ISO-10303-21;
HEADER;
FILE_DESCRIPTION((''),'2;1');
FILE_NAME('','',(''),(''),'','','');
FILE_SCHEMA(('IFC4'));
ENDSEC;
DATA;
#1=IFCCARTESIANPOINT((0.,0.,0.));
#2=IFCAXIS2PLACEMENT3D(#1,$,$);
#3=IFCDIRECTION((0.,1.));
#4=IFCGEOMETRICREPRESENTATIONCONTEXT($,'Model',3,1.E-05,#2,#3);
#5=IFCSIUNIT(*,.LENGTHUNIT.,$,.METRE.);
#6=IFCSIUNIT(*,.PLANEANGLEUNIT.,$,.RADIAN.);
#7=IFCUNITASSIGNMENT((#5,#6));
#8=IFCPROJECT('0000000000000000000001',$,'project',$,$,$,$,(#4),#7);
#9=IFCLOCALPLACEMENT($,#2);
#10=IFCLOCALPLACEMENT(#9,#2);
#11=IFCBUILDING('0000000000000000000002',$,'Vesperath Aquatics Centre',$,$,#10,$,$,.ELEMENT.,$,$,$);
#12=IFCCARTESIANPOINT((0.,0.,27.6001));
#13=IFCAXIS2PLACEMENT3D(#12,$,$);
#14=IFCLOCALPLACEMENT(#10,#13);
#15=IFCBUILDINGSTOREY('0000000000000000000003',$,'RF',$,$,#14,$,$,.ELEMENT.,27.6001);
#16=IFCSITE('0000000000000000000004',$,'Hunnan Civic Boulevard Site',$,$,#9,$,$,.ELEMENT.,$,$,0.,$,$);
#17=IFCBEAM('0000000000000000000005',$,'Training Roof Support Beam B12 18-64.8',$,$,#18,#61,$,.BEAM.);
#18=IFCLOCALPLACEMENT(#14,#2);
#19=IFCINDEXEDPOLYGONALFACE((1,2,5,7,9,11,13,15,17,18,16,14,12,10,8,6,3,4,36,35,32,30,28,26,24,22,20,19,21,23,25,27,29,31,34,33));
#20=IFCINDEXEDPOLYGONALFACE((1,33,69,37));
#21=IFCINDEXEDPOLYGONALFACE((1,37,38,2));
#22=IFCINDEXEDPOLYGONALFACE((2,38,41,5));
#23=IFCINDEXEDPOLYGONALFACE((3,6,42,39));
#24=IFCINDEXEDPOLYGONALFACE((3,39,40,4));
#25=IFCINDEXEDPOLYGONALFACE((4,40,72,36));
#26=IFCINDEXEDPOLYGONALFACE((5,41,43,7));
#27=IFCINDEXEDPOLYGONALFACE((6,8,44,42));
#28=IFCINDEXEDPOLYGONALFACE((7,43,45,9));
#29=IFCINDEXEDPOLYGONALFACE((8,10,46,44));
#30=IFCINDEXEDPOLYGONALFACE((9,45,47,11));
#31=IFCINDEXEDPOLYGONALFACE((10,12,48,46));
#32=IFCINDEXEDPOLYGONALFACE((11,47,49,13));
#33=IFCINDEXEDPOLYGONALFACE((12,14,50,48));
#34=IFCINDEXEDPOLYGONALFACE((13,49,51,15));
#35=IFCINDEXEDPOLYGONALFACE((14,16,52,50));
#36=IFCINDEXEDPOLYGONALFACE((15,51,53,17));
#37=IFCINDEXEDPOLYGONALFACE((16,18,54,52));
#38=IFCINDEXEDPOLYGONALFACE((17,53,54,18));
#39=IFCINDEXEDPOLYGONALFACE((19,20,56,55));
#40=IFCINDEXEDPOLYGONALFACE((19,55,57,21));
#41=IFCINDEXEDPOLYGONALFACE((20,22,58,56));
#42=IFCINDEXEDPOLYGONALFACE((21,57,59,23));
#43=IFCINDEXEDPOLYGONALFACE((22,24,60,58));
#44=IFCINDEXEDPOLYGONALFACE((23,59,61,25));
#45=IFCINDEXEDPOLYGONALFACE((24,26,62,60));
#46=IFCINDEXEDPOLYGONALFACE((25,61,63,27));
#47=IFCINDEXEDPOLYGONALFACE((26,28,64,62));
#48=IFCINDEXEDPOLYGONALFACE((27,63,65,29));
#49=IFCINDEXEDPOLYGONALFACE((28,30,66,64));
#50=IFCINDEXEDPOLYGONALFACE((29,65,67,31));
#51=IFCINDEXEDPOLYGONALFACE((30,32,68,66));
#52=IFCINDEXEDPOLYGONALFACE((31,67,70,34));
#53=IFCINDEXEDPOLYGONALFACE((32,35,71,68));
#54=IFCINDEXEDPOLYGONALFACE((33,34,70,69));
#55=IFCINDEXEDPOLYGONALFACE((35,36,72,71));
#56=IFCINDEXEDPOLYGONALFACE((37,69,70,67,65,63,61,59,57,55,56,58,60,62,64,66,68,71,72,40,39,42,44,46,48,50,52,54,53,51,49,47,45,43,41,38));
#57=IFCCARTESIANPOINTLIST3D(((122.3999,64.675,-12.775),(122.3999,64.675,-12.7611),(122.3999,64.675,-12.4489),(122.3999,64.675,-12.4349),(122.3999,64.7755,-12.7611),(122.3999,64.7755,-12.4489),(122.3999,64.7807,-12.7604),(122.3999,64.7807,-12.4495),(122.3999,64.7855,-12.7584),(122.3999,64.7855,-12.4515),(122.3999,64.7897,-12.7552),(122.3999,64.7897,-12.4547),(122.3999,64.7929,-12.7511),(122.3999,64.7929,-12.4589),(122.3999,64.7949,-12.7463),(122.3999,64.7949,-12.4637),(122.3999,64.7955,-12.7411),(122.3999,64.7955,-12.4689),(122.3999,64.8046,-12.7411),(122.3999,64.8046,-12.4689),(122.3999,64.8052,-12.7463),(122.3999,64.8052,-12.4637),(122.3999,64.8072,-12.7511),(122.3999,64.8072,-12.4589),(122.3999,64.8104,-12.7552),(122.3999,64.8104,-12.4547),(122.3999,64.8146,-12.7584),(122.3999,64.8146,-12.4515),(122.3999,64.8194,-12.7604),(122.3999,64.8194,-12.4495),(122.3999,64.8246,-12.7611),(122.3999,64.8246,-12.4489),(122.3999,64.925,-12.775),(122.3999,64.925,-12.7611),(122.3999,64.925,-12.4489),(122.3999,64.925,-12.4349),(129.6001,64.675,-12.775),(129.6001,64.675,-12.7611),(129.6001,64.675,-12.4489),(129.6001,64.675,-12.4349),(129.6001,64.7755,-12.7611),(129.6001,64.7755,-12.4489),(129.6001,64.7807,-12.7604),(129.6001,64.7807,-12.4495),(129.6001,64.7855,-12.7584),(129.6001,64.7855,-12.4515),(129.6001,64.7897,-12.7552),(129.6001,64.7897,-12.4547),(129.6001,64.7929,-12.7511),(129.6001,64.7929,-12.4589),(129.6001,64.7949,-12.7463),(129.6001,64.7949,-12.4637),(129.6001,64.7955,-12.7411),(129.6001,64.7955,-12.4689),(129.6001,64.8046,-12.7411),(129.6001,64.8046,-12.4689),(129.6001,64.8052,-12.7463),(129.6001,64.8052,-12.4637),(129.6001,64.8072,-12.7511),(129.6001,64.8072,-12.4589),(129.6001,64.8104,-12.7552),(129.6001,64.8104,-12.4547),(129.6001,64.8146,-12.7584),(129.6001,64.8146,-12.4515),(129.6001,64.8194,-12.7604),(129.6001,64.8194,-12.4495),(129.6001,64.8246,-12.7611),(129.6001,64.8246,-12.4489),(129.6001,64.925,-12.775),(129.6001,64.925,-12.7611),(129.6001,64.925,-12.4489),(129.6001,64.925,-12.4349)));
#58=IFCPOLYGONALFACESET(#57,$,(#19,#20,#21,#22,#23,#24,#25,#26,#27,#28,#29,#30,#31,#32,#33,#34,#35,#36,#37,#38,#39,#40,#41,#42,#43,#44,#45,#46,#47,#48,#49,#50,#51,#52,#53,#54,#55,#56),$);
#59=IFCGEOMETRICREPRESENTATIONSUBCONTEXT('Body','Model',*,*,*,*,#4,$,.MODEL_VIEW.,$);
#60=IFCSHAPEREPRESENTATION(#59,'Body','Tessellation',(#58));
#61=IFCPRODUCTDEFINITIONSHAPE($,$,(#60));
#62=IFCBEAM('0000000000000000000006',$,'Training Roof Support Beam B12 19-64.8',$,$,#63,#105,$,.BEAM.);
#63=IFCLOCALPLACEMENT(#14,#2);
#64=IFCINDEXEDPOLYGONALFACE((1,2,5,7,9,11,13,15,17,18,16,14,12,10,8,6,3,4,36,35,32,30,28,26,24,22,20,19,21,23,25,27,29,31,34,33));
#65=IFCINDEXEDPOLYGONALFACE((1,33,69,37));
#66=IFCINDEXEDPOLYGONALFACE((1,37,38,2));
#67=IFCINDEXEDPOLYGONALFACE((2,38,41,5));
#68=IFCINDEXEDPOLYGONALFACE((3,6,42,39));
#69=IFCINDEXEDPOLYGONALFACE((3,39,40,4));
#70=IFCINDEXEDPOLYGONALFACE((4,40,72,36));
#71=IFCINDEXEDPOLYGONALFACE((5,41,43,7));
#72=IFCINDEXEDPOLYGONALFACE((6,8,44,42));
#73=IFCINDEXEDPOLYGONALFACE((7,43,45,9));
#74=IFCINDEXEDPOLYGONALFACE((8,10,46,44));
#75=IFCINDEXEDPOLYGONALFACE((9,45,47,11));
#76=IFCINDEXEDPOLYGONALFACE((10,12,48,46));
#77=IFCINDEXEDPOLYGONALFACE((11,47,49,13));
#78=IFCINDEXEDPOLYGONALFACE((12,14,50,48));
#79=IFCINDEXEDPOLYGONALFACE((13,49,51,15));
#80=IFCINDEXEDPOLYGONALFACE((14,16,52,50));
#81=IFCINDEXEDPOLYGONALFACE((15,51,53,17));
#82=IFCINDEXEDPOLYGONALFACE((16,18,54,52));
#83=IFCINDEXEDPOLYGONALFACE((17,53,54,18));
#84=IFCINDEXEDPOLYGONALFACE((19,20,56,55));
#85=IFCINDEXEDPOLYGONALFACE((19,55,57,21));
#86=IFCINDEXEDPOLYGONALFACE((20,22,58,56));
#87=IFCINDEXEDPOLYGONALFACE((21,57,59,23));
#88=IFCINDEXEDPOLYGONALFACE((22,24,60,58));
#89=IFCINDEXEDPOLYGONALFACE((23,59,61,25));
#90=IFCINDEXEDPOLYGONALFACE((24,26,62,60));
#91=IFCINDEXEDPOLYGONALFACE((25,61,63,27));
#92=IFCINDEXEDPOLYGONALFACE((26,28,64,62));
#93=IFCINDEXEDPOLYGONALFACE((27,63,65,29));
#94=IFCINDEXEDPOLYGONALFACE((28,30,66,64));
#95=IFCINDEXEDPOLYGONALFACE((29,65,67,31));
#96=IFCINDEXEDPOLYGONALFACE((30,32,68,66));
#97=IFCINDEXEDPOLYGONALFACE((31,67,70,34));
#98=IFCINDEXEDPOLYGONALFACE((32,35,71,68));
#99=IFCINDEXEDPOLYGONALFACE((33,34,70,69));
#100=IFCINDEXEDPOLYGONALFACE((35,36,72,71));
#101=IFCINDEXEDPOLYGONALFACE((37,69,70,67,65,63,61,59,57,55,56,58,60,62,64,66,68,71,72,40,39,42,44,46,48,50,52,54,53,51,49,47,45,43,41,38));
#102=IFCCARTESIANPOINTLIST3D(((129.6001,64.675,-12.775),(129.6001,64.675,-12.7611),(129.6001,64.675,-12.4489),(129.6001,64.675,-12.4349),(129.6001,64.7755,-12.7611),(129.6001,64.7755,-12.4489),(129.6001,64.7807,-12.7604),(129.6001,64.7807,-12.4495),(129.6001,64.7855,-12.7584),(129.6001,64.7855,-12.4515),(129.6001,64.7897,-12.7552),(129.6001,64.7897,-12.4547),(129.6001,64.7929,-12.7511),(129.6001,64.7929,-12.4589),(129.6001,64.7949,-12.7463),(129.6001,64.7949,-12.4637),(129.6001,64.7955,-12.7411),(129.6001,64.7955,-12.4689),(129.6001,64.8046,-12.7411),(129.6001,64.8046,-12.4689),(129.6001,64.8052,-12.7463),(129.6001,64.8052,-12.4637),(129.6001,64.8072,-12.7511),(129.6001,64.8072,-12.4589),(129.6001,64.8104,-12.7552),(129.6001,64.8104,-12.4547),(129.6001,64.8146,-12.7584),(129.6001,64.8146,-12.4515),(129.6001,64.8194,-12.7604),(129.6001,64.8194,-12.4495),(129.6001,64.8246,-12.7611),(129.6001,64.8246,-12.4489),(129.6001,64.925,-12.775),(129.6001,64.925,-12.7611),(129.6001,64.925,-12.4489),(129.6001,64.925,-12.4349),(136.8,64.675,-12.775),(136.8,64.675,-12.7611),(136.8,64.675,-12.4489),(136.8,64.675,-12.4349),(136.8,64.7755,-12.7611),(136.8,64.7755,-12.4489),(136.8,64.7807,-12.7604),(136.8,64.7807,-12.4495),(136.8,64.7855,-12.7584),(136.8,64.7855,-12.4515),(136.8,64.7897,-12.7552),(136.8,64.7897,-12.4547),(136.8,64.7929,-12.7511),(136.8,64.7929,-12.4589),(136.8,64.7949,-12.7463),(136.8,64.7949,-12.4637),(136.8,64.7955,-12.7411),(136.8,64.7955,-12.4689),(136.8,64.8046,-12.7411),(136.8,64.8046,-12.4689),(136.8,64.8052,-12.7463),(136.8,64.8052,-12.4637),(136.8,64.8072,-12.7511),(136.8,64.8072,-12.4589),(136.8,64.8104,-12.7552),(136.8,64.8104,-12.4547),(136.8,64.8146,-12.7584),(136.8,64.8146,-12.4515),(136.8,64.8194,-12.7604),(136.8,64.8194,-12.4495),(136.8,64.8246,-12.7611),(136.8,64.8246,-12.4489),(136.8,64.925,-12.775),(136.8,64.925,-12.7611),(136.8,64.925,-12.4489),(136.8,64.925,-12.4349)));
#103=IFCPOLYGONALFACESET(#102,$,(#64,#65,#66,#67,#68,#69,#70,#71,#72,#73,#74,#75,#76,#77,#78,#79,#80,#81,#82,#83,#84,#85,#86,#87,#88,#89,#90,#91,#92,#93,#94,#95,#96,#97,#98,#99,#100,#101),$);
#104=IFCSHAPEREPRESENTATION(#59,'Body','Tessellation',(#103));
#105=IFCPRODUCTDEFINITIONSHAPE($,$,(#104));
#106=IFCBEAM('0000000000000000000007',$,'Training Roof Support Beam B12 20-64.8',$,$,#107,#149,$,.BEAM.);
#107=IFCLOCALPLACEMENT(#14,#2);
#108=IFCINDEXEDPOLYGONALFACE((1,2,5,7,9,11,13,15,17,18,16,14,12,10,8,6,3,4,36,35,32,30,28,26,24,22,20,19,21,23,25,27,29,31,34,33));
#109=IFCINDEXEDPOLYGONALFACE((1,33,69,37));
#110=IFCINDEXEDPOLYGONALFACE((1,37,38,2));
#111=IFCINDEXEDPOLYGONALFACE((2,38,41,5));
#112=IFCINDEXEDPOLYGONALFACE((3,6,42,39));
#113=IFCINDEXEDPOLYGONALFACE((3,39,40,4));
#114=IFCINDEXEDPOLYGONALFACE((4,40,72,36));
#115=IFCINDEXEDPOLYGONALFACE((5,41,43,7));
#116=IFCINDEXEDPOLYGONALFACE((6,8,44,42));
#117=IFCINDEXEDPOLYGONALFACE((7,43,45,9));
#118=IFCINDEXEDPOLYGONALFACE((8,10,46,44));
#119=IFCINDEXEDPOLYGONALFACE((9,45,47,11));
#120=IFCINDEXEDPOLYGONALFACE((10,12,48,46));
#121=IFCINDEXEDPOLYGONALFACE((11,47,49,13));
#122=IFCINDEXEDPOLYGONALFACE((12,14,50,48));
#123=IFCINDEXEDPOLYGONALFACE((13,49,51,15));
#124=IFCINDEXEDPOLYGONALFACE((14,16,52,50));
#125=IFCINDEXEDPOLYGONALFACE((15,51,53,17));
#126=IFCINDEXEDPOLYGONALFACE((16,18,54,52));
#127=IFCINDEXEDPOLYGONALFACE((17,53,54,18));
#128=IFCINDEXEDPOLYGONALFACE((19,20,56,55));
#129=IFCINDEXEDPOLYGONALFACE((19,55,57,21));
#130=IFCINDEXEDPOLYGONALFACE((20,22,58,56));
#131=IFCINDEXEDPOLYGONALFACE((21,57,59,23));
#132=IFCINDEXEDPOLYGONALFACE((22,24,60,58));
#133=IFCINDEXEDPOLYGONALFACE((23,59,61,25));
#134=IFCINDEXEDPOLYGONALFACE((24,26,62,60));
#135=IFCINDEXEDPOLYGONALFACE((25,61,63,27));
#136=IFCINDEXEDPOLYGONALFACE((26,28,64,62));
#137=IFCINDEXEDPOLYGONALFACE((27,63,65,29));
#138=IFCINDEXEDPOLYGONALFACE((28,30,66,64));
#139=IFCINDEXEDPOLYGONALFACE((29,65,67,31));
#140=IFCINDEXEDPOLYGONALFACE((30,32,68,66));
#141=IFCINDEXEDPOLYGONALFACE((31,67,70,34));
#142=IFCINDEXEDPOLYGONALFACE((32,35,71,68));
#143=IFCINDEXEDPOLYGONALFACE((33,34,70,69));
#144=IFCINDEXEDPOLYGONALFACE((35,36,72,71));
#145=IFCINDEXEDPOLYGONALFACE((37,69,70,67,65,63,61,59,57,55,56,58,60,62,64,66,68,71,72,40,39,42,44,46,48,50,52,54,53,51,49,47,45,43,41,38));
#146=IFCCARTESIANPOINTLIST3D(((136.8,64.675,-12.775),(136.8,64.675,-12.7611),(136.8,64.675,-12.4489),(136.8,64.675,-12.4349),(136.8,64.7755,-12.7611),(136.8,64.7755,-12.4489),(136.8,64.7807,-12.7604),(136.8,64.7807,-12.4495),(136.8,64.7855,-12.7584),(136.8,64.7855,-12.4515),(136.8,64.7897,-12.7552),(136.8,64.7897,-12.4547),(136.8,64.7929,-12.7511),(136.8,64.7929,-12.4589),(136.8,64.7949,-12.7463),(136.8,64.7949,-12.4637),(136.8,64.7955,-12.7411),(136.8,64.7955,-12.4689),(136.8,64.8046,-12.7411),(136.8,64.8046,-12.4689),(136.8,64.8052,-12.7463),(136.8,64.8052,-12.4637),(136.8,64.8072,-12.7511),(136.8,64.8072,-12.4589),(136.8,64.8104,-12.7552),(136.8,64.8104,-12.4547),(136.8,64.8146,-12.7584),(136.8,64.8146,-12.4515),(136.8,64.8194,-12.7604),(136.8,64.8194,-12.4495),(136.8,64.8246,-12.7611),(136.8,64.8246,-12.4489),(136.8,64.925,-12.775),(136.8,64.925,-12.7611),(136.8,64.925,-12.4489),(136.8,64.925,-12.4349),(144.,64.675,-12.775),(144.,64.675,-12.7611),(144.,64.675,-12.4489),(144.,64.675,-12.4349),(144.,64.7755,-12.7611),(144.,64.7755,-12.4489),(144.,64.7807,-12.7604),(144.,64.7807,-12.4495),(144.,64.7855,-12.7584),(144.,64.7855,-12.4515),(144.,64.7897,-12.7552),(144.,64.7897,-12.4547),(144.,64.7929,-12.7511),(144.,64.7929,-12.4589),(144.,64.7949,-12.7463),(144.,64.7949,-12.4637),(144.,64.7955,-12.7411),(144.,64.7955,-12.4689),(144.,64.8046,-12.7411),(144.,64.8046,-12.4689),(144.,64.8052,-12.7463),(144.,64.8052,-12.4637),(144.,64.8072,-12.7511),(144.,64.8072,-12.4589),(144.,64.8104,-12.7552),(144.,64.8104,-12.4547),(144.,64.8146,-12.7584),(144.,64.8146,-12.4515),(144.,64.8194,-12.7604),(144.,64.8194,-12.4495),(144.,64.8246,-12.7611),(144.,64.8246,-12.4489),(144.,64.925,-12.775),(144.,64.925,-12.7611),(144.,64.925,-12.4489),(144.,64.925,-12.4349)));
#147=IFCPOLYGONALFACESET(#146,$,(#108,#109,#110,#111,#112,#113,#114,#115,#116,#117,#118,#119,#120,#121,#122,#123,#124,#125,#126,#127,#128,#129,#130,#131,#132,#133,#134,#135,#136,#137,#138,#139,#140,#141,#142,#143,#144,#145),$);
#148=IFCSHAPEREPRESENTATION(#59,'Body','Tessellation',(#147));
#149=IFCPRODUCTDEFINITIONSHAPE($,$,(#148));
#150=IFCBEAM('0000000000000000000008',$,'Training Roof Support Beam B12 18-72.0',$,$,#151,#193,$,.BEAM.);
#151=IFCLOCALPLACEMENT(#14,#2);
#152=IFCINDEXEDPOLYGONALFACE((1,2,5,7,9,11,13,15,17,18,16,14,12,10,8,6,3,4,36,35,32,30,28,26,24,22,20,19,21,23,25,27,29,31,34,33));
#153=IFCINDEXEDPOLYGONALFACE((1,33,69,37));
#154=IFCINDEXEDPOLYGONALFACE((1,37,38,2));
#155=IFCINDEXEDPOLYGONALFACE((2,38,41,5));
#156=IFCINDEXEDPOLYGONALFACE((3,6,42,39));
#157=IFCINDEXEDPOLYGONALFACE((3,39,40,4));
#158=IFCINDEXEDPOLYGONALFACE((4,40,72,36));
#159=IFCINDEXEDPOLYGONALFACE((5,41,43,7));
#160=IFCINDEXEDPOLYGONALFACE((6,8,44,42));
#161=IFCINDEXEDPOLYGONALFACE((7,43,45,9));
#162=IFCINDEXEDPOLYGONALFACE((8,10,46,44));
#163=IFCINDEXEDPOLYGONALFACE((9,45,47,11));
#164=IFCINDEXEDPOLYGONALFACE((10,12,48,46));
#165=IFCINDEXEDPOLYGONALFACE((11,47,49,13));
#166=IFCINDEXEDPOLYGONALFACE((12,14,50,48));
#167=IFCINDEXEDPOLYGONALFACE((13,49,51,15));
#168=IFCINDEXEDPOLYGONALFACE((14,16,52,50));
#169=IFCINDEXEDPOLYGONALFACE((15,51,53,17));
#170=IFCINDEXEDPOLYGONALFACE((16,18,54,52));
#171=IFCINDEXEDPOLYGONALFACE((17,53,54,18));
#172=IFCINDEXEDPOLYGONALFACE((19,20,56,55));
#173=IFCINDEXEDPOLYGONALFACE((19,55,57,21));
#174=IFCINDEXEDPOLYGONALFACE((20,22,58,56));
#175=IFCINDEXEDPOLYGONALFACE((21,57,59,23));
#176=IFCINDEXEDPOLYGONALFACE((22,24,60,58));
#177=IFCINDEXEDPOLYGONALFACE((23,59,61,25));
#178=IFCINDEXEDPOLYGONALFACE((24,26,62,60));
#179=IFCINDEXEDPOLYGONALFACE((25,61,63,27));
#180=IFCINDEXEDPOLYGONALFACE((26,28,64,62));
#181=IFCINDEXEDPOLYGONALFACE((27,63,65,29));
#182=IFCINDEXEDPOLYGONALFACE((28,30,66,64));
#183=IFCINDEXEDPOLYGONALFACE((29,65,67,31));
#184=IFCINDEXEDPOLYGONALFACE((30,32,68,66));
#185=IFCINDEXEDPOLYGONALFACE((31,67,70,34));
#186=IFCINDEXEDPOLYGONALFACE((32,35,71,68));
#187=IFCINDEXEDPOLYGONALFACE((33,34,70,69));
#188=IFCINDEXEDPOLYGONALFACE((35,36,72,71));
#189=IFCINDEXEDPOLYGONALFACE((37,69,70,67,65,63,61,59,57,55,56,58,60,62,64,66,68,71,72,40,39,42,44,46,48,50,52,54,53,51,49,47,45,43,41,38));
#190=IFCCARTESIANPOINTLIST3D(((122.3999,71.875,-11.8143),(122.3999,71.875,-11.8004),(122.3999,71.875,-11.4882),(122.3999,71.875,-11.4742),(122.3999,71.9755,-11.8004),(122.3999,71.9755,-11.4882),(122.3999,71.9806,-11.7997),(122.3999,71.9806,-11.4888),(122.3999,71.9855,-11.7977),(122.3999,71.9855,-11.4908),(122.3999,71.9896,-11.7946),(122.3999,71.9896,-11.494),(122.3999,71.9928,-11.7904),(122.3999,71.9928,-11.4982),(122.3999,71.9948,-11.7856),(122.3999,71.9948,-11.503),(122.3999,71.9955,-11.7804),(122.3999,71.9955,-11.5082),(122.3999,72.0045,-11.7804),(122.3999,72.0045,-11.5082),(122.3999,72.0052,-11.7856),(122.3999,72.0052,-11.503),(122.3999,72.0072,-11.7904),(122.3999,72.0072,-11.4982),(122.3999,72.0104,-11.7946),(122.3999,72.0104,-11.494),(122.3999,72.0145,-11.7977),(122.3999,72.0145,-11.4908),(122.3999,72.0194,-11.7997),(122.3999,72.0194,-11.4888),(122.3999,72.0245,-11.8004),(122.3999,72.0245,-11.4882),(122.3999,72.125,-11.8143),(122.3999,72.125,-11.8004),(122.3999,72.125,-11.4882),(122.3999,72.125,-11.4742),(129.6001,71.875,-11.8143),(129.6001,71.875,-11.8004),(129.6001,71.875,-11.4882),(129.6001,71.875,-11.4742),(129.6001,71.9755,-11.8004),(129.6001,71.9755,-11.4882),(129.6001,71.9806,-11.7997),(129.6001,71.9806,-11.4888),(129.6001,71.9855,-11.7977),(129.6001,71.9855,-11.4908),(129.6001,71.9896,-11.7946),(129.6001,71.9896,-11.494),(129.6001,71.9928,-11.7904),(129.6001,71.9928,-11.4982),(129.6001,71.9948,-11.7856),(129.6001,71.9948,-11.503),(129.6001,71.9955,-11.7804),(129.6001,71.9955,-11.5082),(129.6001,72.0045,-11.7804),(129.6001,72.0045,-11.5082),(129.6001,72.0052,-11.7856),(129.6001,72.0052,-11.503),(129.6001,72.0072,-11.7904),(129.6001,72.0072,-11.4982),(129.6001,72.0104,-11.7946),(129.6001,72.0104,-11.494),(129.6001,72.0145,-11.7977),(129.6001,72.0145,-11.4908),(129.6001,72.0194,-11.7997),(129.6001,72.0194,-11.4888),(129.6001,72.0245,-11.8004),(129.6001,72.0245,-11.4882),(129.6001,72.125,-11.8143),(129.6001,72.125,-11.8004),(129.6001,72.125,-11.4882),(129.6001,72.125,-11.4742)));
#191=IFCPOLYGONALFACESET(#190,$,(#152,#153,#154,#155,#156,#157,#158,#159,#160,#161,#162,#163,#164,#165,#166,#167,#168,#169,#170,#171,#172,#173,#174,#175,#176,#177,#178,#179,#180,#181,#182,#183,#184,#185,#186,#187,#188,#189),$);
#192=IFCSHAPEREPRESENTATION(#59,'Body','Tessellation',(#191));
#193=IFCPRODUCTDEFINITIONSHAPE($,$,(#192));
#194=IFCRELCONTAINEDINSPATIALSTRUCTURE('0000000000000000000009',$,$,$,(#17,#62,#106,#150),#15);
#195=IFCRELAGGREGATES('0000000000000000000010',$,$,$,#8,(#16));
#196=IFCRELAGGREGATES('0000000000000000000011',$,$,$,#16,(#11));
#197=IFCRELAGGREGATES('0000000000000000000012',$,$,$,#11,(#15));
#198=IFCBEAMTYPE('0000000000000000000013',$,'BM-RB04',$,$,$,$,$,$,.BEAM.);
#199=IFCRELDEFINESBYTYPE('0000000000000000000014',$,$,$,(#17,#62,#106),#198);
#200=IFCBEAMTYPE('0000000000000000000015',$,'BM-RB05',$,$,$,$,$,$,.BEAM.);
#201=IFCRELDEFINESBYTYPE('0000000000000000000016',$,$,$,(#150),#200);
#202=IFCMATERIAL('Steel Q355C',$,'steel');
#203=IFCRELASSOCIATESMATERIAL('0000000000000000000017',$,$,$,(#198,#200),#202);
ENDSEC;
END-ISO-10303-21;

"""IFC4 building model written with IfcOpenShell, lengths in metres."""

from ifc_helpers import new_model, si_unit, direction, frame, origin, origin_2d, place, context, subcontext, project, spatial, i_section, extrude, material, material_profile, profile_set, type_object, element, save


model = new_model("IFC4")

# Units and contexts
model_context = context("Model", 3, precision=1e-05, world=origin(), true_north=direction((0.0, 1.0)))
body_context = subcontext(model_context, "Body", "Model", "MODEL_VIEW")
ifc_project = project(units=[si_unit("LENGTHUNIT", "METRE"), si_unit("PLANEANGLEUNIT", "RADIAN")], contexts=[model_context])

# Site, building, storey
site_placement = place(None, origin())
site = spatial("IfcSite", under=ifc_project, at=site_placement, Name="Hunnan Civic Boulevard Site", CompositionType="ELEMENT", RefElevation=0.0)
building_placement = place(site_placement, origin())
building = spatial("IfcBuilding", under=site, at=building_placement, Name="Vesperath Aquatics Centre", CompositionType="ELEMENT")
storey_placement = place(building_placement, frame((0.0, 0.0, 27.6001)))
storey = spatial("IfcBuildingStorey", under=building, at=storey_placement, Name="RF", CompositionType="ELEMENT", Elevation=27.6001)

# Beams
ifc_material_1 = material(Name="Steel Q355C", Category="steel")
ifc_material_profile_1 = material_profile(ifc_material_1, i_section(OverallWidth=0.25, OverallDepth=0.3401, WebThickness=0.009, FlangeThickness=0.0139, FilletRadius=0.02, at=origin_2d()), Name="HM 340x250x9x14")
ifc_profile_set_1 = profile_set([ifc_material_profile_1], Name="Steel Q355C")
beam_type_1 = type_object("IfcBeamType", Name="BM-RB04", PredefinedType="BEAM", material=ifc_profile_set_1)
beam_1_placement = place(storey_placement, frame((122.3999, 64.8, -12.605), z_axis=(1.0, 0.0, 0.0), x_axis=(0.0, 1.0, 0.0)))
element("IfcBeam", 1, at=beam_1_placement, inside=storey, type_object=beam_type_1, Name="Training Roof Support Beam B12 18-64.8", PredefinedType="BEAM", context=body_context, shape_type="SweptSolid", body=[
    extrude(i_section(OverallWidth=0.25, OverallDepth=0.3401, WebThickness=0.009, FlangeThickness=0.0139, FilletRadius=0.02, at=origin_2d()), origin(), (0.0, 0.0, 1.0), 7.2002),
])
for number, where, z_axis, x_axis, name in (
    (2, (129.6001, 64.8, -12.605), (1.0, 0.0, 0.0), (0.0, 1.0, 0.0), "Training Roof Support Beam B12 19-64.8"),
    (3, (136.8, 64.8, -12.605), (1.0, 0.0, 0.0), (0.0, 1.0, 0.0), "Training Roof Support Beam B12 20-64.8"),
):
    element("IfcBeam", number, at=place(storey_placement, frame(where, z_axis=z_axis, x_axis=x_axis)), inside=storey, type_object=beam_type_1, Name=name, PredefinedType="BEAM", context=body_context, shape_type="SweptSolid", body=[
        extrude(i_section(OverallWidth=0.25, OverallDepth=0.3401, WebThickness=0.009, FlangeThickness=0.0139, FilletRadius=0.02, at=origin_2d()), origin(), (0.0, 0.0, 1.0), 7.2),
    ])
ifc_material_profile_2 = material_profile(ifc_material_1, i_section(OverallWidth=0.25, OverallDepth=0.3401, WebThickness=0.009, FlangeThickness=0.0139, FilletRadius=0.02, at=origin_2d()), Name="HM 340x250x9x14")
ifc_profile_set_2 = profile_set([ifc_material_profile_2], Name="Steel Q355C")
beam_type_2 = type_object("IfcBeamType", Name="BM-RB05", PredefinedType="BEAM", material=ifc_profile_set_2)
beam_2_placement = place(storey_placement, frame((122.3999, 72.0, -11.6443), z_axis=(1.0, 0.0, 0.0), x_axis=(0.0, 1.0, 0.0)))
element("IfcBeam", 4, at=beam_2_placement, inside=storey, type_object=beam_type_2, Name="Training Roof Support Beam B12 18-72.0", PredefinedType="BEAM", context=body_context, shape_type="SweptSolid", body=[
    extrude(i_section(OverallWidth=0.25, OverallDepth=0.3401, WebThickness=0.009, FlangeThickness=0.0139, FilletRadius=0.02, at=origin_2d()), origin(), (0.0, 0.0, 1.0), 7.2002),
])

save(model, "model.ifc")
